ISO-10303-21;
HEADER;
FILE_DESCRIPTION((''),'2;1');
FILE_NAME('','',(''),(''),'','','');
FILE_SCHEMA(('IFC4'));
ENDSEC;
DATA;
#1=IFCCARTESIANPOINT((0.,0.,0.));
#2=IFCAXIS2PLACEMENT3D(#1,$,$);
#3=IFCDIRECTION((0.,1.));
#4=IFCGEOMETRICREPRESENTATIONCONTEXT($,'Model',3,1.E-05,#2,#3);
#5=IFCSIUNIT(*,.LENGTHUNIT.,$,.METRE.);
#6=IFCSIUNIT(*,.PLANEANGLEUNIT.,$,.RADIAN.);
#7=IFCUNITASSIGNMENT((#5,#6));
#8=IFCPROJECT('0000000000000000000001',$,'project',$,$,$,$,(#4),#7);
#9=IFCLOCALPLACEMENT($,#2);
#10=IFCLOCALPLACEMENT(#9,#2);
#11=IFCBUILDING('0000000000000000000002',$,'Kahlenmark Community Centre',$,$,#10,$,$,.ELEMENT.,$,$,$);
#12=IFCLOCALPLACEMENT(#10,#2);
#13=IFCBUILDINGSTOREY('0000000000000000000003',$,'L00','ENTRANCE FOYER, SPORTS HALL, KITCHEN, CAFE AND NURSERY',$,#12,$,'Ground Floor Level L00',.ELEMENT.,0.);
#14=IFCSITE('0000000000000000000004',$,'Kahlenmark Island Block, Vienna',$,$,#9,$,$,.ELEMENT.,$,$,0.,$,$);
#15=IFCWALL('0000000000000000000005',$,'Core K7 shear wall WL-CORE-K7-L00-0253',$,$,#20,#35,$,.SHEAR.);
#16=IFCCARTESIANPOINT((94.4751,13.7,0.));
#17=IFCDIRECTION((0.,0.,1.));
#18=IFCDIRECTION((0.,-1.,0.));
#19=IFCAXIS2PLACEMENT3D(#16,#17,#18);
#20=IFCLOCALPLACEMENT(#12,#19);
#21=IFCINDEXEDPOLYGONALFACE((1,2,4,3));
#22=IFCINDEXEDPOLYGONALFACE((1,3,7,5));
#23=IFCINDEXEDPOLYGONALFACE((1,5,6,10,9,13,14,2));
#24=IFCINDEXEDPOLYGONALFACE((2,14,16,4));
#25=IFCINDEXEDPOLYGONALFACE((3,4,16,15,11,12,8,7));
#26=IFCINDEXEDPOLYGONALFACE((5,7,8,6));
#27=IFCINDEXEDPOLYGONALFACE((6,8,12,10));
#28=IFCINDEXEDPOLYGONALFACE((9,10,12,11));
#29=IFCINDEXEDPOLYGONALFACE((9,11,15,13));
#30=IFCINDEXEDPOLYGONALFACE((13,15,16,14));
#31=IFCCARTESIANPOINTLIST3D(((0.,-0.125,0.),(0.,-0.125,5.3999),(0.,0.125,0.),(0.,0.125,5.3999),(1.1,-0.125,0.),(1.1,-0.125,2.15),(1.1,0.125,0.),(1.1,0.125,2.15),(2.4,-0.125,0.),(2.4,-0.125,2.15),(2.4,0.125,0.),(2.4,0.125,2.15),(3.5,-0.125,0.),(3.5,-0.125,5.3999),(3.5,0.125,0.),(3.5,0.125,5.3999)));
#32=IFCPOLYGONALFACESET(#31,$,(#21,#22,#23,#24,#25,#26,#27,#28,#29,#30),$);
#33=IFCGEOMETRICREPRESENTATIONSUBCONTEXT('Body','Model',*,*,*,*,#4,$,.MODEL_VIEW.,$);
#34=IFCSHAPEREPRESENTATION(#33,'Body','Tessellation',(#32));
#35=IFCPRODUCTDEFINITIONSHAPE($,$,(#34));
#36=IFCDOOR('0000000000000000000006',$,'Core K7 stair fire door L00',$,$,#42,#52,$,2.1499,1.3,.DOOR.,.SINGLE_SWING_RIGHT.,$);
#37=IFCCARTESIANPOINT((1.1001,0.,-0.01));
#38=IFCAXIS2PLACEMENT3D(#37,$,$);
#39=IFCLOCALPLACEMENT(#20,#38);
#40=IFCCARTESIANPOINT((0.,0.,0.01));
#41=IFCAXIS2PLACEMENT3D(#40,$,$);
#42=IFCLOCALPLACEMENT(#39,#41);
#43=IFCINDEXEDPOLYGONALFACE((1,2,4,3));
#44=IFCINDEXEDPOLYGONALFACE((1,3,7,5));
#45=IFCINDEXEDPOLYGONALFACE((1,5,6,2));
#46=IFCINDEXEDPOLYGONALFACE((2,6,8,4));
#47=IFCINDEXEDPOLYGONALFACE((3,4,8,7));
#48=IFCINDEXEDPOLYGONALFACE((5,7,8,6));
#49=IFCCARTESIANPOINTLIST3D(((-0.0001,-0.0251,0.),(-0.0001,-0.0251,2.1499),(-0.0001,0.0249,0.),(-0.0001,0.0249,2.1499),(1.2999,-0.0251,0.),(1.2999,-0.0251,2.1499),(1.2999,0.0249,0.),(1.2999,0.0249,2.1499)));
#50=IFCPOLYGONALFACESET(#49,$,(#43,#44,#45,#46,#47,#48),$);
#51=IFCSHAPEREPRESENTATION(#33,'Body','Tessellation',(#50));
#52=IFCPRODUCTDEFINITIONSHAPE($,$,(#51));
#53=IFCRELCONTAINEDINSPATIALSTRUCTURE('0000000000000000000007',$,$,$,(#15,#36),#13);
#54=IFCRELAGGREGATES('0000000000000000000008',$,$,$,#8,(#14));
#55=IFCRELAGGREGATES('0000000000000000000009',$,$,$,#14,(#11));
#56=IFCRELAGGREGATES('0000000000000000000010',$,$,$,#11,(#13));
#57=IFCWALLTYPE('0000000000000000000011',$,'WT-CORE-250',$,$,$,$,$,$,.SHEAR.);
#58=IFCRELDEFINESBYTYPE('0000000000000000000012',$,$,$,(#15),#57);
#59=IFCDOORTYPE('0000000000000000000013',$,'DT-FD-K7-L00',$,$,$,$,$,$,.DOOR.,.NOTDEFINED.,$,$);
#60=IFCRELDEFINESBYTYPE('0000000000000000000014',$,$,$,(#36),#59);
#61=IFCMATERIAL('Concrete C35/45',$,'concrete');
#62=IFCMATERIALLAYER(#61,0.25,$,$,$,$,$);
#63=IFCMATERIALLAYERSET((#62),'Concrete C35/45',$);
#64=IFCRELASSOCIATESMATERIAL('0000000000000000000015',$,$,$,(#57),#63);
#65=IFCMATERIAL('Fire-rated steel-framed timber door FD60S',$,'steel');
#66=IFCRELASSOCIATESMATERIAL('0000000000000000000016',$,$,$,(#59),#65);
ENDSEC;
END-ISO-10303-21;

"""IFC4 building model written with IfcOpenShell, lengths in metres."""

from ifc_helpers import new_model, si_unit, direction, frame, frame_2d, origin, place, context, subcontext, project, spatial, rectangle, extrude, material, layer, layer_set, type_object, element, fill, save


model = new_model("IFC4")

# Units and contexts
model_context = context("Model", 3, precision=1e-05, world=origin(), true_north=direction((0.0, 1.0)))
body_context = subcontext(model_context, "Body", "Model", "MODEL_VIEW")
ifc_project = project(units=[si_unit("LENGTHUNIT", "METRE"), si_unit("PLANEANGLEUNIT", "RADIAN")], contexts=[model_context])

# Site, building, storey
site_placement = place(None, origin())
site = spatial("IfcSite", under=ifc_project, at=site_placement, Name="Kahlenmark Island Block, Vienna", CompositionType="ELEMENT", RefElevation=0.0)
building_placement = place(site_placement, origin())
building = spatial("IfcBuilding", under=site, at=building_placement, Name="Kahlenmark Community Centre", CompositionType="ELEMENT")
storey_placement = place(building_placement, origin())
storey = spatial("IfcBuildingStorey", under=building, at=storey_placement, Name="L00", Description="ENTRANCE FOYER, SPORTS HALL, KITCHEN, CAFE AND NURSERY", LongName="Ground Floor Level L00", CompositionType="ELEMENT", Elevation=0.0)

# Shared definitions
ifc_material_1 = material(Name="Concrete C35/45", Category="concrete")

# Wall, opening, door
ifc_layer_1 = layer(ifc_material_1, 0.25)
ifc_layer_set_1 = layer_set([ifc_layer_1], Name="Concrete C35/45")
wall_type_1 = type_object("IfcWallType", Name="WT-CORE-250", PredefinedType="SHEAR", material=ifc_layer_set_1)
wall_1_placement = place(storey_placement, frame((94.4751, 13.7, 0.0), z_axis=(0.0, 0.0, 1.0), x_axis=(0.0, -1.0, 0.0)))
wall_1 = element("IfcWall", 1, at=wall_1_placement, inside=storey, type_object=wall_type_1, Name="Core K7 shear wall WL-CORE-K7-L00-0253", PredefinedType="SHEAR", context=body_context, shape_type="SweptSolid", body=[
    extrude(rectangle(XDim=3.5, YDim=0.25, at=frame_2d((1.75, 0.0))), origin(), (0.0, 0.0, 1.0), 5.3999),
])
opening_1_placement = place(wall_1_placement, frame((1.1001, 0.0, -0.01)))
opening_1 = element("IfcOpeningElement", 2, at=opening_1_placement, cuts=wall_1, PredefinedType="OPENING", context=body_context, shape_type="SweptSolid", body=[
    extrude(rectangle(XDim=1.3, YDim=2.1599, at=frame_2d((0.6499, 1.0801))), frame((0.0, 0.135, 0.0), z_axis=(0.0, -1.0, 0.0), x_axis=(1.0, 0.0, 0.0)), (0.0, 0.0, 1.0), 0.27),
])
ifc_material_2 = material(Name="Fire-rated steel-framed timber door FD60S", Category="steel")
door_type = type_object("IfcDoorType", Name="DT-FD-K7-L00", OperationType="NOTDEFINED", PredefinedType="DOOR", material=ifc_material_2)
door_placement = place(opening_1_placement, frame((0.0, 0.0, 0.01)))
door = element("IfcDoor", 3, at=door_placement, inside=storey, type_object=door_type, Name="Core K7 stair fire door L00", OperationType="SINGLE_SWING_RIGHT", OverallHeight=2.1499, OverallWidth=1.3, PredefinedType="DOOR", context=body_context, shape_type="SweptSolid", body=[
    extrude(rectangle(XDim=1.3, YDim=2.1499, at=frame_2d((0.6499, 1.075))), frame((0.0, 0.0249, 0.0), z_axis=(0.0, -1.0, 0.0), x_axis=(1.0, 0.0, 0.0)), (0.0, 0.0, 1.0), 0.05),
])
fill(opening_1, door)

save(model, "model.ifc")
